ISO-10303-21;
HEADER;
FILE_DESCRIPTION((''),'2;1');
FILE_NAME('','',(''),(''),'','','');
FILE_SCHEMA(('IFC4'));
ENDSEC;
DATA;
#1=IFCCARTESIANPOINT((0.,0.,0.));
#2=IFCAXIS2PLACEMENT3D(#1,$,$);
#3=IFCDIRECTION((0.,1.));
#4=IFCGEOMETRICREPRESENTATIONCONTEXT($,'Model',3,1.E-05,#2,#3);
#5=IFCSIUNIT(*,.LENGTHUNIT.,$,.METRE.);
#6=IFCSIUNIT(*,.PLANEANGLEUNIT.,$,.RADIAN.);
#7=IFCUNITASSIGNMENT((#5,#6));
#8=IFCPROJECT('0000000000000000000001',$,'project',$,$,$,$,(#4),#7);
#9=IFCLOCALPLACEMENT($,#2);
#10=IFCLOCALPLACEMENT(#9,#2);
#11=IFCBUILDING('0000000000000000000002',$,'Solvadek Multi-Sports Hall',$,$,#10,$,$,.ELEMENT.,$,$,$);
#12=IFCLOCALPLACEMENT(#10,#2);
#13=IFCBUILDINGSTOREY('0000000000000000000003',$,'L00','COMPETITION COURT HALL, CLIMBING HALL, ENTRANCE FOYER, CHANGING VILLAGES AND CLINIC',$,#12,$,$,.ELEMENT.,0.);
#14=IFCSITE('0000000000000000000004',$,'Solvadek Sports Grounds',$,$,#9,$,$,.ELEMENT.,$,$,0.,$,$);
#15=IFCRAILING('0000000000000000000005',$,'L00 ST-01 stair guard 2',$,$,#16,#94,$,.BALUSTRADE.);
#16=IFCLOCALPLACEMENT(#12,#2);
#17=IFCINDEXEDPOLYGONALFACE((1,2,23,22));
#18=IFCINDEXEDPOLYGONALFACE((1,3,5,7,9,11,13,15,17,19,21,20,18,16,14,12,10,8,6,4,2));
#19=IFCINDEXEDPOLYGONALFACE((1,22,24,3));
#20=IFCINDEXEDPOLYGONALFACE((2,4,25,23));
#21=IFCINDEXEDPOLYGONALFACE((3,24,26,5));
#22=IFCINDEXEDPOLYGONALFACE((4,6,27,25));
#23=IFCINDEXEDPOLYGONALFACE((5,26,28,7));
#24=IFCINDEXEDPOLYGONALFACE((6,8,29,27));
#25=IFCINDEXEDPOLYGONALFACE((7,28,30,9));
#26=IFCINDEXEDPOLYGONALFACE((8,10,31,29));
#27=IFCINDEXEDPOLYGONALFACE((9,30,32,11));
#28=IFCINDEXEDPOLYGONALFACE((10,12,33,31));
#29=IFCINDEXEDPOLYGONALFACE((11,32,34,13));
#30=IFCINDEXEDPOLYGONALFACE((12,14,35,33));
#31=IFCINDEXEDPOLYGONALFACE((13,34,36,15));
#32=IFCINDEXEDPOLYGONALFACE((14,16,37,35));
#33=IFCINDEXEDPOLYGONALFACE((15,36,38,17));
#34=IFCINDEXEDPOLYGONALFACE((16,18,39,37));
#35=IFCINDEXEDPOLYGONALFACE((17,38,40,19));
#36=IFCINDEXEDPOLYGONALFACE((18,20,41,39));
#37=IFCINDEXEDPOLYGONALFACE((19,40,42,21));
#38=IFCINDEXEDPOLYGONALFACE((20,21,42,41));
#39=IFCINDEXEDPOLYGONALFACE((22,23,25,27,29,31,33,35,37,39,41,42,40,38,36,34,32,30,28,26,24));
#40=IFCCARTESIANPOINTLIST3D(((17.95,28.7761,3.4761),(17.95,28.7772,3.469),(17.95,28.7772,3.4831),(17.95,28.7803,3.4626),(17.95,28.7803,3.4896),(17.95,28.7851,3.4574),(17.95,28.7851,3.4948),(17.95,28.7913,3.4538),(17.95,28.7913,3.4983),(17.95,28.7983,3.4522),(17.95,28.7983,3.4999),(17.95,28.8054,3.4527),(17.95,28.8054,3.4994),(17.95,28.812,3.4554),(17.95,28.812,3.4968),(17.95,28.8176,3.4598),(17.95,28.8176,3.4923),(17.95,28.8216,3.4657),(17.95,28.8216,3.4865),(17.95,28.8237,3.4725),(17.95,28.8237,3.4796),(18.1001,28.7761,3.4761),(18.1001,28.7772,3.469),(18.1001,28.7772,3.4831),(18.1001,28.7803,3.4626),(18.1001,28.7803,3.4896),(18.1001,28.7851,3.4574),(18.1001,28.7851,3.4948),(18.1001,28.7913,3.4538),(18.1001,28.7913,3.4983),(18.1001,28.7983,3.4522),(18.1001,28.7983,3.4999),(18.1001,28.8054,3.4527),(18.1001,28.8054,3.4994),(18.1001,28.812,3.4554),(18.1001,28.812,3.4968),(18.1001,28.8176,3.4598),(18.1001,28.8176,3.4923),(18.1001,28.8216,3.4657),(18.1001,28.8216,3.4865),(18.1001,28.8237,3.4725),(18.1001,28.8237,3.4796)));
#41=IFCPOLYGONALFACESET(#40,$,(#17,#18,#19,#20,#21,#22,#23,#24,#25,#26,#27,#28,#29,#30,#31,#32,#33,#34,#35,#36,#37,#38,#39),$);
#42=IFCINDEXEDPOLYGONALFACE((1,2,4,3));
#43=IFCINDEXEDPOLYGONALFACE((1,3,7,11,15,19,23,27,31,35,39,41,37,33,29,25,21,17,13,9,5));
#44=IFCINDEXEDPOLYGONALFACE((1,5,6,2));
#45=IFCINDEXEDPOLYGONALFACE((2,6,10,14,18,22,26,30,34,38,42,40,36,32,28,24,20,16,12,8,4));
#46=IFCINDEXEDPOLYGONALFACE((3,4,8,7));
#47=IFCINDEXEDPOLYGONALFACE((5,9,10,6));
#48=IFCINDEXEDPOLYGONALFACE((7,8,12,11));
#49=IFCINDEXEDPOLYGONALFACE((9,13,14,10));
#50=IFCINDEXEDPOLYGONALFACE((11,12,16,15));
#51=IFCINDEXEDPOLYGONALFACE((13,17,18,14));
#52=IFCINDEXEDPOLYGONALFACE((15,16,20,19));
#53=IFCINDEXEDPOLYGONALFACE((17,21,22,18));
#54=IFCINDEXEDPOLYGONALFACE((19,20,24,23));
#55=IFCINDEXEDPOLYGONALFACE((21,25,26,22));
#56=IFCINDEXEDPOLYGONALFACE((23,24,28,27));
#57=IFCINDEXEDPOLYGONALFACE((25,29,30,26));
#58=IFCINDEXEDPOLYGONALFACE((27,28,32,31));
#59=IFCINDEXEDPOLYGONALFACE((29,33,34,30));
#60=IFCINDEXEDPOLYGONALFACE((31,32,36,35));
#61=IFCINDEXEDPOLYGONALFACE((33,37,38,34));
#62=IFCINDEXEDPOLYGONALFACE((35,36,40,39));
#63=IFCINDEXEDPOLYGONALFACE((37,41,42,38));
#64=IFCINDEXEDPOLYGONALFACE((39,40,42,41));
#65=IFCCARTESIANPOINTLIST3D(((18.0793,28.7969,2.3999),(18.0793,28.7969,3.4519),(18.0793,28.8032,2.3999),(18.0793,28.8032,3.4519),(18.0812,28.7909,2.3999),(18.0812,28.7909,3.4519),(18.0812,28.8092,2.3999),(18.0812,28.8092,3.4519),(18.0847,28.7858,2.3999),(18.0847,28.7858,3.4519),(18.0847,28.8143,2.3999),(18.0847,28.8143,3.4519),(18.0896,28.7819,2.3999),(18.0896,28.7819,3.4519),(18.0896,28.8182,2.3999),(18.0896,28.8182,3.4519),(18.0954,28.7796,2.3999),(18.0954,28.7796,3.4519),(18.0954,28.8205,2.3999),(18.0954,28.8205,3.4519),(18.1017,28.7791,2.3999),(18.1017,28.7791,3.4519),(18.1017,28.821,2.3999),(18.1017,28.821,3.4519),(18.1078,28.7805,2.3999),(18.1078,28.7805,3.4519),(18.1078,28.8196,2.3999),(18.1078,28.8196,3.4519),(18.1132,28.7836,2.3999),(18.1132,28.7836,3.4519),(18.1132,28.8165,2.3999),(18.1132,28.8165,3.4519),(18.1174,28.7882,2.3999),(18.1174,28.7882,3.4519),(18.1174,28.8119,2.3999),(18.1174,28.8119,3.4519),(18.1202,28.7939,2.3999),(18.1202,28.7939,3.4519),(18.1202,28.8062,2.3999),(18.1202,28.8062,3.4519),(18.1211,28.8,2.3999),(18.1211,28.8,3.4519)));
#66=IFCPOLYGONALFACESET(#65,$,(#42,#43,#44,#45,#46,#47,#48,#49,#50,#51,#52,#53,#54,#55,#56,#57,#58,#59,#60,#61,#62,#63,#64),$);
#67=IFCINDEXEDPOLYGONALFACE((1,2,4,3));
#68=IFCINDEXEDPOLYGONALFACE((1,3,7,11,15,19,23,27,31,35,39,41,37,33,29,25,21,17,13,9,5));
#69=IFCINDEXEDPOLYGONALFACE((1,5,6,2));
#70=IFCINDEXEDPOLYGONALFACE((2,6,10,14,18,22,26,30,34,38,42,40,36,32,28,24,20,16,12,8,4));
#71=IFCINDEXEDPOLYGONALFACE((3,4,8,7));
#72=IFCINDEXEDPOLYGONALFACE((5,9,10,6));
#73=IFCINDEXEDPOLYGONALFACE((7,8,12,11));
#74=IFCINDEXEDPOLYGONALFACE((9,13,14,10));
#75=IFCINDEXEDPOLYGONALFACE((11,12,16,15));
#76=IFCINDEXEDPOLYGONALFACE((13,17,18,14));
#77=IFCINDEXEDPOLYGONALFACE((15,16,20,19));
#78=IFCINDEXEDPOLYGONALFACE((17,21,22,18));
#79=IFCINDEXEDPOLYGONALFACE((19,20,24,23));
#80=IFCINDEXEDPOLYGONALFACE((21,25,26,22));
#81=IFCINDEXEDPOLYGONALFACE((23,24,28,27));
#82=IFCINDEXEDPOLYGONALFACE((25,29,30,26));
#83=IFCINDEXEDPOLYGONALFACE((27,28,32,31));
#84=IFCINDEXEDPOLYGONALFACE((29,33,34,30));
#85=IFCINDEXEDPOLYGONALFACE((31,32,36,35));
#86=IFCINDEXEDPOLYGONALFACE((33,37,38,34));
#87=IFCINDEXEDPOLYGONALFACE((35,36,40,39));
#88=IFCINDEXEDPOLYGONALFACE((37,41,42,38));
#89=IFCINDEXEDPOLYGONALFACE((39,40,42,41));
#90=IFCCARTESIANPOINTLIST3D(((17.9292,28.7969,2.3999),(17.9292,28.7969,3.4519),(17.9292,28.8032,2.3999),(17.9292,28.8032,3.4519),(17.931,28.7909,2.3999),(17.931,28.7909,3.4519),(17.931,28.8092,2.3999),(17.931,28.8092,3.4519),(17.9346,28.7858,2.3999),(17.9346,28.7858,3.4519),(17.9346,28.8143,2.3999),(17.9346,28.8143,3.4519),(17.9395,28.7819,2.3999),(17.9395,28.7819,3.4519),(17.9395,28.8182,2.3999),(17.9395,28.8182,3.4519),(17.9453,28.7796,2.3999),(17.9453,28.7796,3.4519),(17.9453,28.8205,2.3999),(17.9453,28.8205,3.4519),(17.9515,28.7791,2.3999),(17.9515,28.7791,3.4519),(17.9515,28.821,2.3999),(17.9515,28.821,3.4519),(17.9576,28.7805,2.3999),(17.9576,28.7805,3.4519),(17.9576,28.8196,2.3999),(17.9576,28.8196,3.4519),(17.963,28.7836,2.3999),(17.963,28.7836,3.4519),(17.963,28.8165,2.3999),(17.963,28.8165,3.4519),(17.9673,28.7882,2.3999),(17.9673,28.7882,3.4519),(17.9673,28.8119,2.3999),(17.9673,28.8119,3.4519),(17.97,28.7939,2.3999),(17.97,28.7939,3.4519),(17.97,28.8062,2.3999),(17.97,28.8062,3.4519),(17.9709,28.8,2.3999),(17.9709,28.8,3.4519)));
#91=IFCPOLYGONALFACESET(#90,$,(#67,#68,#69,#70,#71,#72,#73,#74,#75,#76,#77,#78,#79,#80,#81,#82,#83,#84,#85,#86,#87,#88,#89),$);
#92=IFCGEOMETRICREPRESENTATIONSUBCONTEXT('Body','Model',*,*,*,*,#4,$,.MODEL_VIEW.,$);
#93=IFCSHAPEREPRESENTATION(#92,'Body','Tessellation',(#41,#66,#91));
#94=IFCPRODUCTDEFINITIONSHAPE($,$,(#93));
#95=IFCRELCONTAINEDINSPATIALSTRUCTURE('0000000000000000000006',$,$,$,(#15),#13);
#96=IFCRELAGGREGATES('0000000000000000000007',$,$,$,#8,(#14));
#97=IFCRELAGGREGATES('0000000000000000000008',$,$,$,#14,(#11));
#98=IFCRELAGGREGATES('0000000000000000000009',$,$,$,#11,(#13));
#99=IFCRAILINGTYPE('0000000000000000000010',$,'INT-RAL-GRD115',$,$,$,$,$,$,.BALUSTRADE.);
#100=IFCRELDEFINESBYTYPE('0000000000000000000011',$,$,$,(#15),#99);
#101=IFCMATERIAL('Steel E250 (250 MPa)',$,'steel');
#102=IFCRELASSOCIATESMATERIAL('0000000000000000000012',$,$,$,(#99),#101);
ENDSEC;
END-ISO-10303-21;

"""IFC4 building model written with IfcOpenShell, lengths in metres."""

from ifc_helpers import new_model, si_unit, direction, frame, origin, origin_2d, place, context, subcontext, project, spatial, circle, extrude, material, type_object, element, save


model = new_model("IFC4")

# Units and contexts
model_context = context("Model", 3, precision=1e-05, world=origin(), true_north=direction((0.0, 1.0)))
body_context = subcontext(model_context, "Body", "Model", "MODEL_VIEW")
ifc_project = project(units=[si_unit("LENGTHUNIT", "METRE"), si_unit("PLANEANGLEUNIT", "RADIAN")], contexts=[model_context])

# Site, building, storey
site_placement = place(None, origin())
site = spatial("IfcSite", under=ifc_project, at=site_placement, Name="Solvadek Sports Grounds", CompositionType="ELEMENT", RefElevation=0.0)
building_placement = place(site_placement, origin())
building = spatial("IfcBuilding", under=site, at=building_placement, Name="Solvadek Multi-Sports Hall", CompositionType="ELEMENT")
storey_placement = place(building_placement, origin())
storey = spatial("IfcBuildingStorey", under=building, at=storey_placement, Name="L00", Description="COMPETITION COURT HALL, CLIMBING HALL, ENTRANCE FOYER, CHANGING VILLAGES AND CLINIC", CompositionType="ELEMENT", Elevation=0.0)

# Railing
ifc_material_1 = material(Name="Steel E250 (250 MPa)", Category="steel")
railing_type_1 = type_object("IfcRailingType", Name="INT-RAL-GRD115", PredefinedType="BALUSTRADE", material=ifc_material_1)
railing_1_placement = place(storey_placement, frame((18.1001, 28.8, 2.3999)))
element("IfcRailing", 1, at=railing_1_placement, inside=storey, type_object=railing_type_1, Name="L00 ST-01 stair guard 2", PredefinedType="BALUSTRADE", context=body_context, shape_type="SweptSolid", body=[
    extrude(circle(Radius=0.0239, at=origin_2d()), frame((0.0, 0.0, 1.0762), z_axis=(-1.0, 0.0, 0.0), x_axis=(0.0, -1.0, 0.0)), (0.0, 0.0, 1.0), 0.1501),
    extrude(circle(Radius=0.021, at=origin_2d()), origin(), (0.0, 0.0, 1.0), 1.052),
    extrude(circle(Radius=0.021, at=origin_2d()), frame((-0.1501, 0.0, 0.0)), (0.0, 0.0, 1.0), 1.052),
])

save(model, "model.ifc")
